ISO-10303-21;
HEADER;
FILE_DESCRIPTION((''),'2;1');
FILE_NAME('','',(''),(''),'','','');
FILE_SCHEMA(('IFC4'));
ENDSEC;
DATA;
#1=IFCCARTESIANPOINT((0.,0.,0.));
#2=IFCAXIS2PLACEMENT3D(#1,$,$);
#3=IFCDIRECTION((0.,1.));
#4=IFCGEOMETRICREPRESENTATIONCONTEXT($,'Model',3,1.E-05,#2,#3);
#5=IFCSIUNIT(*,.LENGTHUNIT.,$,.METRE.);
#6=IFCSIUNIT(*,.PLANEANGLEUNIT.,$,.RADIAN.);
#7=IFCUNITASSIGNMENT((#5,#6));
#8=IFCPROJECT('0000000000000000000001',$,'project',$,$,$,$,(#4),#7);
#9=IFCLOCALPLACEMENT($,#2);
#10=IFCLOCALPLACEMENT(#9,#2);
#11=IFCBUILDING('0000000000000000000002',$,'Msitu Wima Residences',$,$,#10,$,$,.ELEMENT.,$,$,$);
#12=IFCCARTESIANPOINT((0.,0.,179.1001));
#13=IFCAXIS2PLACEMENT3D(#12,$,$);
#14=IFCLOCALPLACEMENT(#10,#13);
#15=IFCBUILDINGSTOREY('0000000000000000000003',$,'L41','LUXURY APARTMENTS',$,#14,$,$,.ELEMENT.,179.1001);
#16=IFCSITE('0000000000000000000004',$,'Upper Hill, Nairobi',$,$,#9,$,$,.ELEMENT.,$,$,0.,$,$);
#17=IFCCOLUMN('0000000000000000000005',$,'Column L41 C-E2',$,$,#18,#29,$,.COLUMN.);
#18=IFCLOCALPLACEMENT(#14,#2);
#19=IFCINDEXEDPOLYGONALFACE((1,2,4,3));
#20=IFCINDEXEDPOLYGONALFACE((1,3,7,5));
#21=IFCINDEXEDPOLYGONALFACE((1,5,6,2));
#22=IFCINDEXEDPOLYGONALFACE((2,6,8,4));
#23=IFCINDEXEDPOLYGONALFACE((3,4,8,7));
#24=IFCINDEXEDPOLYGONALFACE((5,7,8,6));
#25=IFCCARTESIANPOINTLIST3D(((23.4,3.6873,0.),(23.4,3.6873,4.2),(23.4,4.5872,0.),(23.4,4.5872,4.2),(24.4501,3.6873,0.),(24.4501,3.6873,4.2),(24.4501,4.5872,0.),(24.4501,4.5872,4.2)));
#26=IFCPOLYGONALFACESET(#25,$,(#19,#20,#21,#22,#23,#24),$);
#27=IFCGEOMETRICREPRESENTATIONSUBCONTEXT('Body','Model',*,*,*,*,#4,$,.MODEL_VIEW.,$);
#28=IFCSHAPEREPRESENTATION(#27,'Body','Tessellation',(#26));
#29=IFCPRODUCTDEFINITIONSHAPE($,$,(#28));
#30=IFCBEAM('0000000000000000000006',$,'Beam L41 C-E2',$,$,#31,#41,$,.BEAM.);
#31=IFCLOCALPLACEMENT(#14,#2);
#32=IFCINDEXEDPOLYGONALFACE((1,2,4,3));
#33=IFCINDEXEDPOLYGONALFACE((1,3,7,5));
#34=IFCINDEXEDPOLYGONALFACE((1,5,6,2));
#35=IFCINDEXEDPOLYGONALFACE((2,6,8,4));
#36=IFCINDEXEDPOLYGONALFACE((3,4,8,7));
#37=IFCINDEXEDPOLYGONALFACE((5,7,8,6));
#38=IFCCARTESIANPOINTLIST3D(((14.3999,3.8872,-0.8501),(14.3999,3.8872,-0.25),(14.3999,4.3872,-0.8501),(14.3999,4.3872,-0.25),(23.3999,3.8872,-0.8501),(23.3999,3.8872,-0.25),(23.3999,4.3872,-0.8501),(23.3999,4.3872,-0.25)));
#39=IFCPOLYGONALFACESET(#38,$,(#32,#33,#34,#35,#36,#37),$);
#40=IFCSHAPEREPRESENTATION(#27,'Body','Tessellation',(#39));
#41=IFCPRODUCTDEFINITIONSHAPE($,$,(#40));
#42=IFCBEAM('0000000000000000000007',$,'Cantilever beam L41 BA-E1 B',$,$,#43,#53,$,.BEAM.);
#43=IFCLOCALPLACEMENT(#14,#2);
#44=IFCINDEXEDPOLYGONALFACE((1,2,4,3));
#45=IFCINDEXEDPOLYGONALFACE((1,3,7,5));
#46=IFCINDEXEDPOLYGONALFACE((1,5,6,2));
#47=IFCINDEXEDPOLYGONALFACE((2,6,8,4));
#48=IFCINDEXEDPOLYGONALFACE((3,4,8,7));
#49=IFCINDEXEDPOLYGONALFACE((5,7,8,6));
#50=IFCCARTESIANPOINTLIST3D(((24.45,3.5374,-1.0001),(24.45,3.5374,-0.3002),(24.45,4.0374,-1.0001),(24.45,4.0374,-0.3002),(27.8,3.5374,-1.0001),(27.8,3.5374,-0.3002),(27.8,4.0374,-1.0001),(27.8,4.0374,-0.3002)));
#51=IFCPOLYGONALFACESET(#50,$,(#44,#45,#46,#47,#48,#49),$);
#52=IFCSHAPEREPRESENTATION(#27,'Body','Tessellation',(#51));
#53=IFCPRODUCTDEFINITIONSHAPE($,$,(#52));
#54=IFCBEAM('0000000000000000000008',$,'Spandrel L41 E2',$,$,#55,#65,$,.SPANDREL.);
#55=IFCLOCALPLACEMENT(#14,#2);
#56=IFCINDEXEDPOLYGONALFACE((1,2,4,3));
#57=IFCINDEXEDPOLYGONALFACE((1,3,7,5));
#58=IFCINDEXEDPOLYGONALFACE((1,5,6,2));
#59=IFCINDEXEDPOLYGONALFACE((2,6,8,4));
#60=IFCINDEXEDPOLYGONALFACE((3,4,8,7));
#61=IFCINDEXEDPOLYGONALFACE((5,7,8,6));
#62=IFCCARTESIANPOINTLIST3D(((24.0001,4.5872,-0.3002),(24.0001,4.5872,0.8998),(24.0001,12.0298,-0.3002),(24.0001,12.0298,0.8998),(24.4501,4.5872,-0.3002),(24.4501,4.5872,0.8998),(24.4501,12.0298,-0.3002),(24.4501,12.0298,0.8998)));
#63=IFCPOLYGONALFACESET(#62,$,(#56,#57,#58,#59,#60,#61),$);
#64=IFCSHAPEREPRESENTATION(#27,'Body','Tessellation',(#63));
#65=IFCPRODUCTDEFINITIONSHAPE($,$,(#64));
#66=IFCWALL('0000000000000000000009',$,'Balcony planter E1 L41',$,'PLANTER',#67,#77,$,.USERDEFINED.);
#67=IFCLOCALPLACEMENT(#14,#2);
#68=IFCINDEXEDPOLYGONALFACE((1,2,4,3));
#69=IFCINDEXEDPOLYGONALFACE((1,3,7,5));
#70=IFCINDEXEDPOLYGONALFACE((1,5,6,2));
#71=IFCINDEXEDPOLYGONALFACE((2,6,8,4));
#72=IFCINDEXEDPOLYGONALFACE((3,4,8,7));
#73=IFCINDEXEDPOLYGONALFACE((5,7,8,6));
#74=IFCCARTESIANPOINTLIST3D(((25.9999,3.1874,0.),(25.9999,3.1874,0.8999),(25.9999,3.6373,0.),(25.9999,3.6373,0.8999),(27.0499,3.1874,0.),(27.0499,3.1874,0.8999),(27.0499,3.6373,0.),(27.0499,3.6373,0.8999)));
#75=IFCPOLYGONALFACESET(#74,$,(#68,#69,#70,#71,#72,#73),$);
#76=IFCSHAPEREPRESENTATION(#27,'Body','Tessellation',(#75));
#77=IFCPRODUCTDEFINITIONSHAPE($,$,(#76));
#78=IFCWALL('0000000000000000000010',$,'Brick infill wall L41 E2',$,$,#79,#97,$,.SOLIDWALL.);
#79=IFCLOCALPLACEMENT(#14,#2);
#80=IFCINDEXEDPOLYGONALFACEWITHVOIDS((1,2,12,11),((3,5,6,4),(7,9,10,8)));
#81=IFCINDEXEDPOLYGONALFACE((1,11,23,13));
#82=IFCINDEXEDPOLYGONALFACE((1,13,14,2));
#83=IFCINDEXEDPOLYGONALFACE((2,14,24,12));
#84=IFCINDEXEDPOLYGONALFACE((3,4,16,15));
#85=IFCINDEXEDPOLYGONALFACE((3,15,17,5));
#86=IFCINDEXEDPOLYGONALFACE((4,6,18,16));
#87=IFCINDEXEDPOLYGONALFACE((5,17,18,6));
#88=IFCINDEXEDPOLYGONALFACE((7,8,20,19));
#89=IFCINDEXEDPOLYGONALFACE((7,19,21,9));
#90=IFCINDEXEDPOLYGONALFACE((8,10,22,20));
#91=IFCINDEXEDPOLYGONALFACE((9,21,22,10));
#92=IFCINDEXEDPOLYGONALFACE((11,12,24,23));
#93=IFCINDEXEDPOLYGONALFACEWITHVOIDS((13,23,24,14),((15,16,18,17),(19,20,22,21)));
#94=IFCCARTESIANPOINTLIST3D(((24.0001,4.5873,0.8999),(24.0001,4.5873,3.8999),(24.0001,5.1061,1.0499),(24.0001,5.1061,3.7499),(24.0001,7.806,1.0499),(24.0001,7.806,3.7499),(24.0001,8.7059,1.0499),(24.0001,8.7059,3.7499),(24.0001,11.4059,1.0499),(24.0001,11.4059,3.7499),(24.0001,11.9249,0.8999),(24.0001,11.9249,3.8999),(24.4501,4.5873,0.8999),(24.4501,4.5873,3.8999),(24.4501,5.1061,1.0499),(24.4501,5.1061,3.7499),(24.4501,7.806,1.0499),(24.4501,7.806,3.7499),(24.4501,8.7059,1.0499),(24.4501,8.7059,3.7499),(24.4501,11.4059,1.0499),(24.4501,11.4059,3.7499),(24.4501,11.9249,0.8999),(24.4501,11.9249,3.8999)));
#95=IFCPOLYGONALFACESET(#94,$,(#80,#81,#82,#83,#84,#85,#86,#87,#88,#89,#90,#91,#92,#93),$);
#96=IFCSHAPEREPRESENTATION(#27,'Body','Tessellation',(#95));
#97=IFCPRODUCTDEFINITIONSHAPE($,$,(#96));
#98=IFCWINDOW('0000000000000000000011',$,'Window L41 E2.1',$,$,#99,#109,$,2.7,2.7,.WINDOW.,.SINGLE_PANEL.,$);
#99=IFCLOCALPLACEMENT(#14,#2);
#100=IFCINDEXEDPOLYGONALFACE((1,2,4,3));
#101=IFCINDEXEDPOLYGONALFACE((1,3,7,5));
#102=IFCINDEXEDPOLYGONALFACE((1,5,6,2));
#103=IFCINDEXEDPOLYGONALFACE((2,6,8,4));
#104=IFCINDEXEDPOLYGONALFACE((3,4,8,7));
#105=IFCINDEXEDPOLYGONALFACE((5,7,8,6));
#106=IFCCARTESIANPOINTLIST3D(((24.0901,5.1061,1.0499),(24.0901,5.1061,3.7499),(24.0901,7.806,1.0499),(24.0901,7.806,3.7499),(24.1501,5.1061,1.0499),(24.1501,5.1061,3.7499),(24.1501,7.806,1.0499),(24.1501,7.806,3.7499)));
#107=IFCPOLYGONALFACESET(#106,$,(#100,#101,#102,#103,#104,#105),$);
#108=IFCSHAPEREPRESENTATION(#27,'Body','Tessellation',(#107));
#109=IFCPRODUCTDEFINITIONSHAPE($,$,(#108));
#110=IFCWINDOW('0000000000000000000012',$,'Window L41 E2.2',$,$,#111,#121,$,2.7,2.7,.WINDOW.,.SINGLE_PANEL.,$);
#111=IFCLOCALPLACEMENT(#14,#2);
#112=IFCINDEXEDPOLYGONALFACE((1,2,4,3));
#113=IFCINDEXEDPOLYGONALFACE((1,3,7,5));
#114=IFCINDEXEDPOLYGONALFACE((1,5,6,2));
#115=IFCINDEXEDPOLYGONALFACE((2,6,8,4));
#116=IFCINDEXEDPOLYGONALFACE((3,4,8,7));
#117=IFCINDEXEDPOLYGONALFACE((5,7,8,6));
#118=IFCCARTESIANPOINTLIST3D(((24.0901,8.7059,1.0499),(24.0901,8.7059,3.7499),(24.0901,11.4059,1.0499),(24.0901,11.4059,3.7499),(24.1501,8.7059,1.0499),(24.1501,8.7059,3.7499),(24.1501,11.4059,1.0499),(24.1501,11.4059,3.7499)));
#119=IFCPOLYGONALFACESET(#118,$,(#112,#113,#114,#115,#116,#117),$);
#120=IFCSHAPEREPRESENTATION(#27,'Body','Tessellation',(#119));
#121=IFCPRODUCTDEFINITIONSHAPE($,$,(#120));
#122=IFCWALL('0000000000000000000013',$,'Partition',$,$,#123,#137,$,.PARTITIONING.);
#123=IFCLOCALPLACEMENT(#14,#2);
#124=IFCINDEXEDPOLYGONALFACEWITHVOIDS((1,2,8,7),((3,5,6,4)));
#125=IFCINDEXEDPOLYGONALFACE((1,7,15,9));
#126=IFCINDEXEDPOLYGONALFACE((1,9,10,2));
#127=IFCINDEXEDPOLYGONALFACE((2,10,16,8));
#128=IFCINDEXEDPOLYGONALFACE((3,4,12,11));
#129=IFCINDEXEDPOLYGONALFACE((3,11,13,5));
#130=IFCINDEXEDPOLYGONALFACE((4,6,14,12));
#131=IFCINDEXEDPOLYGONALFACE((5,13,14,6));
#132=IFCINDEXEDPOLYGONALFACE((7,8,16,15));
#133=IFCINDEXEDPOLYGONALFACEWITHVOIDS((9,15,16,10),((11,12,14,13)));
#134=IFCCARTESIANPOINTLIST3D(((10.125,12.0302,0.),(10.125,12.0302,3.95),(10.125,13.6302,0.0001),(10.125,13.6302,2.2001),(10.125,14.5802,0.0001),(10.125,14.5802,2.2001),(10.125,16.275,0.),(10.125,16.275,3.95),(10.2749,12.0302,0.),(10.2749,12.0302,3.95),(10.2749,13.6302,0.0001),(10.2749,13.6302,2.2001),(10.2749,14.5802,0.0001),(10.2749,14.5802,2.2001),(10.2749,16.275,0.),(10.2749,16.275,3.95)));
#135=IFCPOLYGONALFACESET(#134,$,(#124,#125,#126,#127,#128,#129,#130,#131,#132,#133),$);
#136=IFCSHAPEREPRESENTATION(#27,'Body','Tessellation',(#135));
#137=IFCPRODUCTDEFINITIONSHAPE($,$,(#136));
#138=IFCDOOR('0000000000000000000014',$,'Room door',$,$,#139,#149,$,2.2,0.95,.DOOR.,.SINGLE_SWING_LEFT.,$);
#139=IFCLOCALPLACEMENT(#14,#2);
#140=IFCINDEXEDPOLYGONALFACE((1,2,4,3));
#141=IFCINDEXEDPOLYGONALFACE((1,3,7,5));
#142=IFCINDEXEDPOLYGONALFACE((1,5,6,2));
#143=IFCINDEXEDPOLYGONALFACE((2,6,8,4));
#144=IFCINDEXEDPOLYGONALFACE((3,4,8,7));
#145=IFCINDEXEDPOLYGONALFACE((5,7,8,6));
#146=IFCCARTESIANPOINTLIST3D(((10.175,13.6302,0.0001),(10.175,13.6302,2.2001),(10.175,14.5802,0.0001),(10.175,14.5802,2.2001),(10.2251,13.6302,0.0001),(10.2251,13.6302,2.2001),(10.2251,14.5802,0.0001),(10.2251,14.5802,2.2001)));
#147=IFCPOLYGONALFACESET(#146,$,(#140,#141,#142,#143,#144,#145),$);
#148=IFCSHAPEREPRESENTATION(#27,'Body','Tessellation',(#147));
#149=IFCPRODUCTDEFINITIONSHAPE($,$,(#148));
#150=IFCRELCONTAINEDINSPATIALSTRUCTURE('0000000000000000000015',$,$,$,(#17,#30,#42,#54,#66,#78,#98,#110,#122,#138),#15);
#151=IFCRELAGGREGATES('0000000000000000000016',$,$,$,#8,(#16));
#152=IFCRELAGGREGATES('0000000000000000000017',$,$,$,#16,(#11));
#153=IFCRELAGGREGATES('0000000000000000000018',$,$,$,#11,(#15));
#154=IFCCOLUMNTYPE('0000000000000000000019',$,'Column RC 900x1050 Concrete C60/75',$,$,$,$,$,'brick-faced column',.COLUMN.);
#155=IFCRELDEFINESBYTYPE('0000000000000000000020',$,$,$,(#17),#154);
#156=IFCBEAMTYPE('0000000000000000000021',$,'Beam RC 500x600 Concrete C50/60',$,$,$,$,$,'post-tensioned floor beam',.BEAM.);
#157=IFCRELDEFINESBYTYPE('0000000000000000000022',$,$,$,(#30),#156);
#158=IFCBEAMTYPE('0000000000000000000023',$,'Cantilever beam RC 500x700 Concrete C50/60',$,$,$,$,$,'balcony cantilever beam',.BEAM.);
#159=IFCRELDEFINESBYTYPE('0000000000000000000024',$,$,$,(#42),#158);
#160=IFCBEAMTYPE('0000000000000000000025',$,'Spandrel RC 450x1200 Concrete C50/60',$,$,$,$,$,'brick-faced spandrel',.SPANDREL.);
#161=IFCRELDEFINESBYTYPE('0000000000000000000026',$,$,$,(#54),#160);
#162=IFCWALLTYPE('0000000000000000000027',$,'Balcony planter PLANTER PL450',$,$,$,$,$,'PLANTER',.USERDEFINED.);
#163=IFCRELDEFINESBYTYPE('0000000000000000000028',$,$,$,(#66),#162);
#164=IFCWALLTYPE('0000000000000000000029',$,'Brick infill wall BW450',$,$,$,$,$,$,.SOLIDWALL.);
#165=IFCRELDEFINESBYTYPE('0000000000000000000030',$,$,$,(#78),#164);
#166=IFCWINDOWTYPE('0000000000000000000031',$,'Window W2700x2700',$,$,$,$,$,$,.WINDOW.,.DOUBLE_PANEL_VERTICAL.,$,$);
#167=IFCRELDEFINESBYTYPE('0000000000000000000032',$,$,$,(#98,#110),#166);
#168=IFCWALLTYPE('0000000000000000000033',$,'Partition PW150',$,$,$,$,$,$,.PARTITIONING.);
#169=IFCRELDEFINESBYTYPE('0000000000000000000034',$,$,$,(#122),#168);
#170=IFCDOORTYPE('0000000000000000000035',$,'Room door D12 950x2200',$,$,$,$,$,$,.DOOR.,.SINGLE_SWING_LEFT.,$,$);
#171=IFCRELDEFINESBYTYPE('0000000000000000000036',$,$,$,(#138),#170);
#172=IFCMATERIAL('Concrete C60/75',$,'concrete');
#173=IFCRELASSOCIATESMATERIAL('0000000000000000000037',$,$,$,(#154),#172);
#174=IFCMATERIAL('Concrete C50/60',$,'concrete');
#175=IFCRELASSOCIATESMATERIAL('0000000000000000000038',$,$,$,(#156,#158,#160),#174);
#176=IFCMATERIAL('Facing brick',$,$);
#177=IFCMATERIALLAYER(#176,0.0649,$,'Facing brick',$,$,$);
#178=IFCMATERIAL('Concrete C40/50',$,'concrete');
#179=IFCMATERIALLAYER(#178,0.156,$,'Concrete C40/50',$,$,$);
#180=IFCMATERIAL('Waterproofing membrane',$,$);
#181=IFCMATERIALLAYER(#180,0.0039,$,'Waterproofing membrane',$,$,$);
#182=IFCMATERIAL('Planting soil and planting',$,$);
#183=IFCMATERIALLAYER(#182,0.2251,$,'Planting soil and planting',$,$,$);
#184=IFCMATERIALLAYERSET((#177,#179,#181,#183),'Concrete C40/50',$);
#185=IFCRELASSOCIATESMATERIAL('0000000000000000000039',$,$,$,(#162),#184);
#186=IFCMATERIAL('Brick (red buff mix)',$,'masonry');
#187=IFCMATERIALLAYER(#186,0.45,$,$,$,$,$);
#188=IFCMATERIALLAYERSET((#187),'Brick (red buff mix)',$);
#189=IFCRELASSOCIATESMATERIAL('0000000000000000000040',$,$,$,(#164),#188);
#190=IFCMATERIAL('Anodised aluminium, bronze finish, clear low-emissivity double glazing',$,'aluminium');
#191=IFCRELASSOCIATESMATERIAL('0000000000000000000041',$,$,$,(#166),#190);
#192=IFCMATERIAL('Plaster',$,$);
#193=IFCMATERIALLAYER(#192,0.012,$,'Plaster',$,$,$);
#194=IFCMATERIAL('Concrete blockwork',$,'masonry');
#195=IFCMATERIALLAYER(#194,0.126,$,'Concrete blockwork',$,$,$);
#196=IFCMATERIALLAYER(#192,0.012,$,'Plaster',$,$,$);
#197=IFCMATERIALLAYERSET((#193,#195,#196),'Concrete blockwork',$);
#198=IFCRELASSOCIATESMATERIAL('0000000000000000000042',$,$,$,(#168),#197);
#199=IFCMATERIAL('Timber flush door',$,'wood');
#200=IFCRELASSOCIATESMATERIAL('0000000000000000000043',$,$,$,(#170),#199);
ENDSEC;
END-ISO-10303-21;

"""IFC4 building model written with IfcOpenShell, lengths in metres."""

from ifc_helpers import new_model, si_unit, direction, frame, frame_2d, origin, origin_2d, place, context, subcontext, project, spatial, rectangle, extrude, material, layer, layer_set, material_profile, profile_set, type_object, element, fill, save


model = new_model("IFC4")

# Units and contexts
model_context = context("Model", 3, precision=1e-05, world=origin(), true_north=direction((0.0, 1.0)))
body_context = subcontext(model_context, "Body", "Model", "MODEL_VIEW")
ifc_project = project(units=[si_unit("LENGTHUNIT", "METRE"), si_unit("PLANEANGLEUNIT", "RADIAN")], contexts=[model_context])

# Site, building, storey
site_placement = place(None, origin())
site = spatial("IfcSite", under=ifc_project, at=site_placement, Name="Upper Hill, Nairobi", CompositionType="ELEMENT", RefElevation=0.0)
building_placement = place(site_placement, origin())
building = spatial("IfcBuilding", under=site, at=building_placement, Name="Msitu Wima Residences", CompositionType="ELEMENT")
storey_placement = place(building_placement, frame((0.0, 0.0, 179.1001)))
storey = spatial("IfcBuildingStorey", under=building, at=storey_placement, Name="L41", Description="LUXURY APARTMENTS", CompositionType="ELEMENT", Elevation=179.1001)

# Column
ifc_material_1 = material(Name="Concrete C60/75", Category="concrete")
ifc_material_profile_1 = material_profile(ifc_material_1, rectangle(XDim=0.8999, YDim=1.05, at=origin_2d()), Name="RC 900x1050")
ifc_profile_set_1 = profile_set([ifc_material_profile_1], Name="Concrete C60/75")
column_type = type_object("IfcColumnType", Name="Column RC 900x1050 Concrete C60/75", ElementType="brick-faced column", PredefinedType="COLUMN", material=ifc_profile_set_1)
column_placement = place(storey_placement, frame((23.925, 4.1372, 0.0), z_axis=(0.0, 0.0, 1.0), x_axis=(0.0, 1.0, 0.0)))
element("IfcColumn", 1, at=column_placement, inside=storey, type_object=column_type, Name="Column L41 C-E2", PredefinedType="COLUMN", context=body_context, shape_type="SweptSolid", body=[
    extrude(rectangle(XDim=0.8999, YDim=1.05, at=origin_2d()), origin(), (0.0, 0.0, 1.0), 4.2),
])

# Beams
ifc_material_2 = material(Name="Concrete C50/60", Category="concrete")
ifc_material_profile_2 = material_profile(ifc_material_2, rectangle(XDim=0.5, YDim=0.6001, at=origin_2d()), Name="RC 500x600")
ifc_profile_set_2 = profile_set([ifc_material_profile_2], Name="Concrete C50/60")
beam_type_1 = type_object("IfcBeamType", Name="Beam RC 500x600 Concrete C50/60", ElementType="post-tensioned floor beam", PredefinedType="BEAM", material=ifc_profile_set_2)
beam_1_placement = place(storey_placement, frame((23.3999, 4.1372, -0.55), z_axis=(-1.0, 0.0, 0.0), x_axis=(0.0, -1.0, 0.0)))
element("IfcBeam", 2, at=beam_1_placement, inside=storey, type_object=beam_type_1, Name="Beam L41 C-E2", PredefinedType="BEAM", context=body_context, shape_type="SweptSolid", body=[
    extrude(rectangle(XDim=0.5, YDim=0.6001, at=origin_2d()), origin(), (0.0, 0.0, 1.0), 9.0),
])
ifc_material_profile_3 = material_profile(ifc_material_2, rectangle(XDim=0.5, YDim=0.7, at=origin_2d()), Name="RC 500x700")
ifc_profile_set_3 = profile_set([ifc_material_profile_3], Name="Concrete C50/60")
beam_type_2 = type_object("IfcBeamType", Name="Cantilever beam RC 500x700 Concrete C50/60", ElementType="balcony cantilever beam", PredefinedType="BEAM", material=ifc_profile_set_3)
beam_2_placement = place(storey_placement, frame((24.45, 3.7874, -0.6501), z_axis=(1.0, 0.0, 0.0), x_axis=(0.0, 1.0, 0.0)))
element("IfcBeam", 3, at=beam_2_placement, inside=storey, type_object=beam_type_2, Name="Cantilever beam L41 BA-E1 B", PredefinedType="BEAM", context=body_context, shape_type="SweptSolid", body=[
    extrude(rectangle(XDim=0.5, YDim=0.7, at=origin_2d()), origin(), (0.0, 0.0, 1.0), 3.3501),
])
ifc_material_profile_4 = material_profile(ifc_material_2, rectangle(XDim=0.45, YDim=1.2, at=origin_2d()), Name="RC 450x1200")
ifc_profile_set_4 = profile_set([ifc_material_profile_4], Name="Concrete C50/60")
beam_type_3 = type_object("IfcBeamType", Name="Spandrel RC 450x1200 Concrete C50/60", ElementType="brick-faced spandrel", PredefinedType="SPANDREL", material=ifc_profile_set_4)
beam_3_placement = place(storey_placement, frame((24.2251, 4.5872, 0.2998), z_axis=(0.0, 1.0, 0.0), x_axis=(-1.0, 0.0, 0.0)))
element("IfcBeam", 4, at=beam_3_placement, inside=storey, type_object=beam_type_3, Name="Spandrel L41 E2", PredefinedType="SPANDREL", context=body_context, shape_type="SweptSolid", body=[
    extrude(rectangle(XDim=0.45, YDim=1.2, at=origin_2d()), origin(), (0.0, 0.0, 1.0), 7.4426),
])

# Wall
ifc_material_3 = material(Name="Facing brick")
ifc_layer_1 = layer(ifc_material_3, 0.0649, Name="Facing brick")
ifc_material_4 = material(Name="Concrete C40/50", Category="concrete")
ifc_layer_2 = layer(ifc_material_4, 0.156, Name="Concrete C40/50")
ifc_material_5 = material(Name="Waterproofing membrane")
ifc_layer_3 = layer(ifc_material_5, 0.0039, Name="Waterproofing membrane")
ifc_material_6 = material(Name="Planting soil and planting")
ifc_layer_4 = layer(ifc_material_6, 0.2251, Name="Planting soil and planting")
ifc_layer_set_1 = layer_set([ifc_layer_1, ifc_layer_2, ifc_layer_3, ifc_layer_4], Name="Concrete C40/50")
wall_type_1 = type_object("IfcWallType", Name="Balcony planter PLANTER PL450", ElementType="PLANTER", PredefinedType="USERDEFINED", material=ifc_layer_set_1)
wall_1_placement = place(storey_placement, frame((26.0, 3.4124, 0.0), z_axis=(0.0, 0.0, 1.0), x_axis=(1.0, 0.0, 0.0)))
element("IfcWall", 5, at=wall_1_placement, inside=storey, type_object=wall_type_1, Name="Balcony planter E1 L41", ObjectType="PLANTER", PredefinedType="USERDEFINED", context=body_context, shape_type="SweptSolid", body=[
    extrude(rectangle(XDim=1.05, YDim=0.45, at=frame_2d((0.5249, 0.0))), origin(), (0.0, 0.0, 1.0), 0.8999),
])

# Wall, openings, windows
ifc_material_7 = material(Name="Brick (red buff mix)", Category="masonry")
ifc_layer_5 = layer(ifc_material_7, 0.45)
ifc_layer_set_2 = layer_set([ifc_layer_5], Name="Brick (red buff mix)")
wall_type_2 = type_object("IfcWallType", Name="Brick infill wall BW450", PredefinedType="SOLIDWALL", material=ifc_layer_set_2)
wall_2_placement = place(storey_placement, frame((24.2251, 4.5872, 0.8999), z_axis=(0.0, 0.0, 1.0), x_axis=(0.0, 1.0, 0.0)))
wall_2 = element("IfcWall", 6, at=wall_2_placement, inside=storey, type_object=wall_type_2, Name="Brick infill wall L41 E2", PredefinedType="SOLIDWALL", context=body_context, shape_type="SweptSolid", body=[
    extrude(rectangle(XDim=7.3376, YDim=0.45, at=frame_2d((3.6689, 0.0))), origin(), (0.0, 0.0, 1.0), 3.0),
])
opening_1_placement = place(wall_2_placement, frame((0.5188, 0.0, 0.1499)))
opening_1 = element("IfcOpeningElement", 7, at=opening_1_placement, cuts=wall_2, PredefinedType="OPENING", context=body_context, shape_type="SweptSolid", body=[
    extrude(rectangle(XDim=2.7, YDim=2.7, at=frame_2d((1.3501, 1.3501))), frame((0.0, 0.2349, 0.0), z_axis=(0.0, -1.0, 0.0), x_axis=(1.0, 0.0, 0.0)), (0.0, 0.0, 1.0), 0.47),
])
opening_2_placement = place(wall_2_placement, frame((4.1187, 0.0, 0.1499)))
opening_2 = element("IfcOpeningElement", 8, at=opening_2_placement, cuts=wall_2, PredefinedType="OPENING", context=body_context, shape_type="SweptSolid", body=[
    extrude(rectangle(XDim=2.7, YDim=2.7, at=frame_2d((1.3501, 1.3501))), frame((0.0, 0.2349, 0.0), z_axis=(0.0, -1.0, 0.0), x_axis=(1.0, 0.0, 0.0)), (0.0, 0.0, 1.0), 0.47),
])
ifc_material_8 = material(Name="Anodised aluminium, bronze finish, clear low-emissivity double glazing", Category="aluminium")
window_type = type_object("IfcWindowType", Name="Window W2700x2700", PartitioningType="DOUBLE_PANEL_VERTICAL", PredefinedType="WINDOW", material=ifc_material_8)
window_1_placement = place(opening_1_placement, origin())
window_1 = element("IfcWindow", 9, at=window_1_placement, inside=storey, type_object=window_type, Name="Window L41 E2.1", OverallHeight=2.7, OverallWidth=2.7, PartitioningType="SINGLE_PANEL", PredefinedType="WINDOW", context=body_context, shape_type="SweptSolid", body=[
    extrude(rectangle(XDim=2.7, YDim=2.7, at=frame_2d((1.3501, 1.3501))), frame((0.0, 0.135, 0.0), z_axis=(0.0, -1.0, 0.0), x_axis=(1.0, 0.0, 0.0)), (0.0, 0.0, 1.0), 0.0601),
])
fill(opening_1, window_1)
window_2_placement = place(opening_2_placement, origin())
window_2 = element("IfcWindow", 10, at=window_2_placement, inside=storey, type_object=window_type, Name="Window L41 E2.2", OverallHeight=2.7, OverallWidth=2.7, PartitioningType="SINGLE_PANEL", PredefinedType="WINDOW", context=body_context, shape_type="SweptSolid", body=[
    extrude(rectangle(XDim=2.7, YDim=2.7, at=frame_2d((1.3501, 1.3501))), frame((0.0, 0.135, 0.0), z_axis=(0.0, -1.0, 0.0), x_axis=(1.0, 0.0, 0.0)), (0.0, 0.0, 1.0), 0.0601),
])
fill(opening_2, window_2)

# Wall, opening, door
ifc_material_9 = material(Name="Plaster")
ifc_layer_6 = layer(ifc_material_9, 0.012, Name="Plaster")
ifc_material_10 = material(Name="Concrete blockwork", Category="masonry")
ifc_layer_7 = layer(ifc_material_10, 0.126, Name="Concrete blockwork")
ifc_layer_8 = layer(ifc_material_9, 0.012, Name="Plaster")
ifc_layer_set_3 = layer_set([ifc_layer_6, ifc_layer_7, ifc_layer_8], Name="Concrete blockwork")
wall_type_3 = type_object("IfcWallType", Name="Partition PW150", PredefinedType="PARTITIONING", material=ifc_layer_set_3)
wall_3_placement = place(storey_placement, frame((10.2, 12.03, 0.0), z_axis=(0.0, 0.0, 1.0), x_axis=(0.0, 1.0, 0.0)))
wall_3 = element("IfcWall", 11, at=wall_3_placement, inside=storey, type_object=wall_type_3, Name="Partition", PredefinedType="PARTITIONING", context=body_context, shape_type="SweptSolid", body=[
    extrude(rectangle(XDim=4.2449, YDim=0.1499, at=frame_2d((2.1226, 0.0))), origin(), (0.0, 0.0, 1.0), 3.95),
])
opening_3_placement = place(wall_3_placement, frame((1.6001, 0.0, 0.0)))
opening_3 = element("IfcOpeningElement", 12, at=opening_3_placement, cuts=wall_3, PredefinedType="OPENING", context=body_context, shape_type="SweptSolid", body=[
    extrude(rectangle(XDim=0.95, YDim=2.2, at=frame_2d((0.4751, 1.1001))), frame((0.0, 0.085, 0.0), z_axis=(0.0, -1.0, 0.0), x_axis=(1.0, 0.0, 0.0)), (0.0, 0.0, 1.0), 0.1699),
])
ifc_material_11 = material(Name="Timber flush door", Category="wood")
door_type_1 = type_object("IfcDoorType", Name="Room door D12 950x2200", OperationType="SINGLE_SWING_LEFT", PredefinedType="DOOR", material=ifc_material_11)
door_1_placement = place(opening_3_placement, origin())
door_1 = element("IfcDoor", 13, at=door_1_placement, inside=storey, type_object=door_type_1, Name="Room door", OperationType="SINGLE_SWING_LEFT", OverallHeight=2.2, OverallWidth=0.95, PredefinedType="DOOR", context=body_context, shape_type="SweptSolid", body=[
    extrude(rectangle(XDim=0.95, YDim=2.2, at=frame_2d((0.4751, 1.1001))), frame((0.0, 0.0249, 0.0), z_axis=(0.0, -1.0, 0.0), x_axis=(1.0, 0.0, 0.0)), (0.0, 0.0, 1.0), 0.05),
])
fill(opening_3, door_1)

save(model, "model.ifc")
